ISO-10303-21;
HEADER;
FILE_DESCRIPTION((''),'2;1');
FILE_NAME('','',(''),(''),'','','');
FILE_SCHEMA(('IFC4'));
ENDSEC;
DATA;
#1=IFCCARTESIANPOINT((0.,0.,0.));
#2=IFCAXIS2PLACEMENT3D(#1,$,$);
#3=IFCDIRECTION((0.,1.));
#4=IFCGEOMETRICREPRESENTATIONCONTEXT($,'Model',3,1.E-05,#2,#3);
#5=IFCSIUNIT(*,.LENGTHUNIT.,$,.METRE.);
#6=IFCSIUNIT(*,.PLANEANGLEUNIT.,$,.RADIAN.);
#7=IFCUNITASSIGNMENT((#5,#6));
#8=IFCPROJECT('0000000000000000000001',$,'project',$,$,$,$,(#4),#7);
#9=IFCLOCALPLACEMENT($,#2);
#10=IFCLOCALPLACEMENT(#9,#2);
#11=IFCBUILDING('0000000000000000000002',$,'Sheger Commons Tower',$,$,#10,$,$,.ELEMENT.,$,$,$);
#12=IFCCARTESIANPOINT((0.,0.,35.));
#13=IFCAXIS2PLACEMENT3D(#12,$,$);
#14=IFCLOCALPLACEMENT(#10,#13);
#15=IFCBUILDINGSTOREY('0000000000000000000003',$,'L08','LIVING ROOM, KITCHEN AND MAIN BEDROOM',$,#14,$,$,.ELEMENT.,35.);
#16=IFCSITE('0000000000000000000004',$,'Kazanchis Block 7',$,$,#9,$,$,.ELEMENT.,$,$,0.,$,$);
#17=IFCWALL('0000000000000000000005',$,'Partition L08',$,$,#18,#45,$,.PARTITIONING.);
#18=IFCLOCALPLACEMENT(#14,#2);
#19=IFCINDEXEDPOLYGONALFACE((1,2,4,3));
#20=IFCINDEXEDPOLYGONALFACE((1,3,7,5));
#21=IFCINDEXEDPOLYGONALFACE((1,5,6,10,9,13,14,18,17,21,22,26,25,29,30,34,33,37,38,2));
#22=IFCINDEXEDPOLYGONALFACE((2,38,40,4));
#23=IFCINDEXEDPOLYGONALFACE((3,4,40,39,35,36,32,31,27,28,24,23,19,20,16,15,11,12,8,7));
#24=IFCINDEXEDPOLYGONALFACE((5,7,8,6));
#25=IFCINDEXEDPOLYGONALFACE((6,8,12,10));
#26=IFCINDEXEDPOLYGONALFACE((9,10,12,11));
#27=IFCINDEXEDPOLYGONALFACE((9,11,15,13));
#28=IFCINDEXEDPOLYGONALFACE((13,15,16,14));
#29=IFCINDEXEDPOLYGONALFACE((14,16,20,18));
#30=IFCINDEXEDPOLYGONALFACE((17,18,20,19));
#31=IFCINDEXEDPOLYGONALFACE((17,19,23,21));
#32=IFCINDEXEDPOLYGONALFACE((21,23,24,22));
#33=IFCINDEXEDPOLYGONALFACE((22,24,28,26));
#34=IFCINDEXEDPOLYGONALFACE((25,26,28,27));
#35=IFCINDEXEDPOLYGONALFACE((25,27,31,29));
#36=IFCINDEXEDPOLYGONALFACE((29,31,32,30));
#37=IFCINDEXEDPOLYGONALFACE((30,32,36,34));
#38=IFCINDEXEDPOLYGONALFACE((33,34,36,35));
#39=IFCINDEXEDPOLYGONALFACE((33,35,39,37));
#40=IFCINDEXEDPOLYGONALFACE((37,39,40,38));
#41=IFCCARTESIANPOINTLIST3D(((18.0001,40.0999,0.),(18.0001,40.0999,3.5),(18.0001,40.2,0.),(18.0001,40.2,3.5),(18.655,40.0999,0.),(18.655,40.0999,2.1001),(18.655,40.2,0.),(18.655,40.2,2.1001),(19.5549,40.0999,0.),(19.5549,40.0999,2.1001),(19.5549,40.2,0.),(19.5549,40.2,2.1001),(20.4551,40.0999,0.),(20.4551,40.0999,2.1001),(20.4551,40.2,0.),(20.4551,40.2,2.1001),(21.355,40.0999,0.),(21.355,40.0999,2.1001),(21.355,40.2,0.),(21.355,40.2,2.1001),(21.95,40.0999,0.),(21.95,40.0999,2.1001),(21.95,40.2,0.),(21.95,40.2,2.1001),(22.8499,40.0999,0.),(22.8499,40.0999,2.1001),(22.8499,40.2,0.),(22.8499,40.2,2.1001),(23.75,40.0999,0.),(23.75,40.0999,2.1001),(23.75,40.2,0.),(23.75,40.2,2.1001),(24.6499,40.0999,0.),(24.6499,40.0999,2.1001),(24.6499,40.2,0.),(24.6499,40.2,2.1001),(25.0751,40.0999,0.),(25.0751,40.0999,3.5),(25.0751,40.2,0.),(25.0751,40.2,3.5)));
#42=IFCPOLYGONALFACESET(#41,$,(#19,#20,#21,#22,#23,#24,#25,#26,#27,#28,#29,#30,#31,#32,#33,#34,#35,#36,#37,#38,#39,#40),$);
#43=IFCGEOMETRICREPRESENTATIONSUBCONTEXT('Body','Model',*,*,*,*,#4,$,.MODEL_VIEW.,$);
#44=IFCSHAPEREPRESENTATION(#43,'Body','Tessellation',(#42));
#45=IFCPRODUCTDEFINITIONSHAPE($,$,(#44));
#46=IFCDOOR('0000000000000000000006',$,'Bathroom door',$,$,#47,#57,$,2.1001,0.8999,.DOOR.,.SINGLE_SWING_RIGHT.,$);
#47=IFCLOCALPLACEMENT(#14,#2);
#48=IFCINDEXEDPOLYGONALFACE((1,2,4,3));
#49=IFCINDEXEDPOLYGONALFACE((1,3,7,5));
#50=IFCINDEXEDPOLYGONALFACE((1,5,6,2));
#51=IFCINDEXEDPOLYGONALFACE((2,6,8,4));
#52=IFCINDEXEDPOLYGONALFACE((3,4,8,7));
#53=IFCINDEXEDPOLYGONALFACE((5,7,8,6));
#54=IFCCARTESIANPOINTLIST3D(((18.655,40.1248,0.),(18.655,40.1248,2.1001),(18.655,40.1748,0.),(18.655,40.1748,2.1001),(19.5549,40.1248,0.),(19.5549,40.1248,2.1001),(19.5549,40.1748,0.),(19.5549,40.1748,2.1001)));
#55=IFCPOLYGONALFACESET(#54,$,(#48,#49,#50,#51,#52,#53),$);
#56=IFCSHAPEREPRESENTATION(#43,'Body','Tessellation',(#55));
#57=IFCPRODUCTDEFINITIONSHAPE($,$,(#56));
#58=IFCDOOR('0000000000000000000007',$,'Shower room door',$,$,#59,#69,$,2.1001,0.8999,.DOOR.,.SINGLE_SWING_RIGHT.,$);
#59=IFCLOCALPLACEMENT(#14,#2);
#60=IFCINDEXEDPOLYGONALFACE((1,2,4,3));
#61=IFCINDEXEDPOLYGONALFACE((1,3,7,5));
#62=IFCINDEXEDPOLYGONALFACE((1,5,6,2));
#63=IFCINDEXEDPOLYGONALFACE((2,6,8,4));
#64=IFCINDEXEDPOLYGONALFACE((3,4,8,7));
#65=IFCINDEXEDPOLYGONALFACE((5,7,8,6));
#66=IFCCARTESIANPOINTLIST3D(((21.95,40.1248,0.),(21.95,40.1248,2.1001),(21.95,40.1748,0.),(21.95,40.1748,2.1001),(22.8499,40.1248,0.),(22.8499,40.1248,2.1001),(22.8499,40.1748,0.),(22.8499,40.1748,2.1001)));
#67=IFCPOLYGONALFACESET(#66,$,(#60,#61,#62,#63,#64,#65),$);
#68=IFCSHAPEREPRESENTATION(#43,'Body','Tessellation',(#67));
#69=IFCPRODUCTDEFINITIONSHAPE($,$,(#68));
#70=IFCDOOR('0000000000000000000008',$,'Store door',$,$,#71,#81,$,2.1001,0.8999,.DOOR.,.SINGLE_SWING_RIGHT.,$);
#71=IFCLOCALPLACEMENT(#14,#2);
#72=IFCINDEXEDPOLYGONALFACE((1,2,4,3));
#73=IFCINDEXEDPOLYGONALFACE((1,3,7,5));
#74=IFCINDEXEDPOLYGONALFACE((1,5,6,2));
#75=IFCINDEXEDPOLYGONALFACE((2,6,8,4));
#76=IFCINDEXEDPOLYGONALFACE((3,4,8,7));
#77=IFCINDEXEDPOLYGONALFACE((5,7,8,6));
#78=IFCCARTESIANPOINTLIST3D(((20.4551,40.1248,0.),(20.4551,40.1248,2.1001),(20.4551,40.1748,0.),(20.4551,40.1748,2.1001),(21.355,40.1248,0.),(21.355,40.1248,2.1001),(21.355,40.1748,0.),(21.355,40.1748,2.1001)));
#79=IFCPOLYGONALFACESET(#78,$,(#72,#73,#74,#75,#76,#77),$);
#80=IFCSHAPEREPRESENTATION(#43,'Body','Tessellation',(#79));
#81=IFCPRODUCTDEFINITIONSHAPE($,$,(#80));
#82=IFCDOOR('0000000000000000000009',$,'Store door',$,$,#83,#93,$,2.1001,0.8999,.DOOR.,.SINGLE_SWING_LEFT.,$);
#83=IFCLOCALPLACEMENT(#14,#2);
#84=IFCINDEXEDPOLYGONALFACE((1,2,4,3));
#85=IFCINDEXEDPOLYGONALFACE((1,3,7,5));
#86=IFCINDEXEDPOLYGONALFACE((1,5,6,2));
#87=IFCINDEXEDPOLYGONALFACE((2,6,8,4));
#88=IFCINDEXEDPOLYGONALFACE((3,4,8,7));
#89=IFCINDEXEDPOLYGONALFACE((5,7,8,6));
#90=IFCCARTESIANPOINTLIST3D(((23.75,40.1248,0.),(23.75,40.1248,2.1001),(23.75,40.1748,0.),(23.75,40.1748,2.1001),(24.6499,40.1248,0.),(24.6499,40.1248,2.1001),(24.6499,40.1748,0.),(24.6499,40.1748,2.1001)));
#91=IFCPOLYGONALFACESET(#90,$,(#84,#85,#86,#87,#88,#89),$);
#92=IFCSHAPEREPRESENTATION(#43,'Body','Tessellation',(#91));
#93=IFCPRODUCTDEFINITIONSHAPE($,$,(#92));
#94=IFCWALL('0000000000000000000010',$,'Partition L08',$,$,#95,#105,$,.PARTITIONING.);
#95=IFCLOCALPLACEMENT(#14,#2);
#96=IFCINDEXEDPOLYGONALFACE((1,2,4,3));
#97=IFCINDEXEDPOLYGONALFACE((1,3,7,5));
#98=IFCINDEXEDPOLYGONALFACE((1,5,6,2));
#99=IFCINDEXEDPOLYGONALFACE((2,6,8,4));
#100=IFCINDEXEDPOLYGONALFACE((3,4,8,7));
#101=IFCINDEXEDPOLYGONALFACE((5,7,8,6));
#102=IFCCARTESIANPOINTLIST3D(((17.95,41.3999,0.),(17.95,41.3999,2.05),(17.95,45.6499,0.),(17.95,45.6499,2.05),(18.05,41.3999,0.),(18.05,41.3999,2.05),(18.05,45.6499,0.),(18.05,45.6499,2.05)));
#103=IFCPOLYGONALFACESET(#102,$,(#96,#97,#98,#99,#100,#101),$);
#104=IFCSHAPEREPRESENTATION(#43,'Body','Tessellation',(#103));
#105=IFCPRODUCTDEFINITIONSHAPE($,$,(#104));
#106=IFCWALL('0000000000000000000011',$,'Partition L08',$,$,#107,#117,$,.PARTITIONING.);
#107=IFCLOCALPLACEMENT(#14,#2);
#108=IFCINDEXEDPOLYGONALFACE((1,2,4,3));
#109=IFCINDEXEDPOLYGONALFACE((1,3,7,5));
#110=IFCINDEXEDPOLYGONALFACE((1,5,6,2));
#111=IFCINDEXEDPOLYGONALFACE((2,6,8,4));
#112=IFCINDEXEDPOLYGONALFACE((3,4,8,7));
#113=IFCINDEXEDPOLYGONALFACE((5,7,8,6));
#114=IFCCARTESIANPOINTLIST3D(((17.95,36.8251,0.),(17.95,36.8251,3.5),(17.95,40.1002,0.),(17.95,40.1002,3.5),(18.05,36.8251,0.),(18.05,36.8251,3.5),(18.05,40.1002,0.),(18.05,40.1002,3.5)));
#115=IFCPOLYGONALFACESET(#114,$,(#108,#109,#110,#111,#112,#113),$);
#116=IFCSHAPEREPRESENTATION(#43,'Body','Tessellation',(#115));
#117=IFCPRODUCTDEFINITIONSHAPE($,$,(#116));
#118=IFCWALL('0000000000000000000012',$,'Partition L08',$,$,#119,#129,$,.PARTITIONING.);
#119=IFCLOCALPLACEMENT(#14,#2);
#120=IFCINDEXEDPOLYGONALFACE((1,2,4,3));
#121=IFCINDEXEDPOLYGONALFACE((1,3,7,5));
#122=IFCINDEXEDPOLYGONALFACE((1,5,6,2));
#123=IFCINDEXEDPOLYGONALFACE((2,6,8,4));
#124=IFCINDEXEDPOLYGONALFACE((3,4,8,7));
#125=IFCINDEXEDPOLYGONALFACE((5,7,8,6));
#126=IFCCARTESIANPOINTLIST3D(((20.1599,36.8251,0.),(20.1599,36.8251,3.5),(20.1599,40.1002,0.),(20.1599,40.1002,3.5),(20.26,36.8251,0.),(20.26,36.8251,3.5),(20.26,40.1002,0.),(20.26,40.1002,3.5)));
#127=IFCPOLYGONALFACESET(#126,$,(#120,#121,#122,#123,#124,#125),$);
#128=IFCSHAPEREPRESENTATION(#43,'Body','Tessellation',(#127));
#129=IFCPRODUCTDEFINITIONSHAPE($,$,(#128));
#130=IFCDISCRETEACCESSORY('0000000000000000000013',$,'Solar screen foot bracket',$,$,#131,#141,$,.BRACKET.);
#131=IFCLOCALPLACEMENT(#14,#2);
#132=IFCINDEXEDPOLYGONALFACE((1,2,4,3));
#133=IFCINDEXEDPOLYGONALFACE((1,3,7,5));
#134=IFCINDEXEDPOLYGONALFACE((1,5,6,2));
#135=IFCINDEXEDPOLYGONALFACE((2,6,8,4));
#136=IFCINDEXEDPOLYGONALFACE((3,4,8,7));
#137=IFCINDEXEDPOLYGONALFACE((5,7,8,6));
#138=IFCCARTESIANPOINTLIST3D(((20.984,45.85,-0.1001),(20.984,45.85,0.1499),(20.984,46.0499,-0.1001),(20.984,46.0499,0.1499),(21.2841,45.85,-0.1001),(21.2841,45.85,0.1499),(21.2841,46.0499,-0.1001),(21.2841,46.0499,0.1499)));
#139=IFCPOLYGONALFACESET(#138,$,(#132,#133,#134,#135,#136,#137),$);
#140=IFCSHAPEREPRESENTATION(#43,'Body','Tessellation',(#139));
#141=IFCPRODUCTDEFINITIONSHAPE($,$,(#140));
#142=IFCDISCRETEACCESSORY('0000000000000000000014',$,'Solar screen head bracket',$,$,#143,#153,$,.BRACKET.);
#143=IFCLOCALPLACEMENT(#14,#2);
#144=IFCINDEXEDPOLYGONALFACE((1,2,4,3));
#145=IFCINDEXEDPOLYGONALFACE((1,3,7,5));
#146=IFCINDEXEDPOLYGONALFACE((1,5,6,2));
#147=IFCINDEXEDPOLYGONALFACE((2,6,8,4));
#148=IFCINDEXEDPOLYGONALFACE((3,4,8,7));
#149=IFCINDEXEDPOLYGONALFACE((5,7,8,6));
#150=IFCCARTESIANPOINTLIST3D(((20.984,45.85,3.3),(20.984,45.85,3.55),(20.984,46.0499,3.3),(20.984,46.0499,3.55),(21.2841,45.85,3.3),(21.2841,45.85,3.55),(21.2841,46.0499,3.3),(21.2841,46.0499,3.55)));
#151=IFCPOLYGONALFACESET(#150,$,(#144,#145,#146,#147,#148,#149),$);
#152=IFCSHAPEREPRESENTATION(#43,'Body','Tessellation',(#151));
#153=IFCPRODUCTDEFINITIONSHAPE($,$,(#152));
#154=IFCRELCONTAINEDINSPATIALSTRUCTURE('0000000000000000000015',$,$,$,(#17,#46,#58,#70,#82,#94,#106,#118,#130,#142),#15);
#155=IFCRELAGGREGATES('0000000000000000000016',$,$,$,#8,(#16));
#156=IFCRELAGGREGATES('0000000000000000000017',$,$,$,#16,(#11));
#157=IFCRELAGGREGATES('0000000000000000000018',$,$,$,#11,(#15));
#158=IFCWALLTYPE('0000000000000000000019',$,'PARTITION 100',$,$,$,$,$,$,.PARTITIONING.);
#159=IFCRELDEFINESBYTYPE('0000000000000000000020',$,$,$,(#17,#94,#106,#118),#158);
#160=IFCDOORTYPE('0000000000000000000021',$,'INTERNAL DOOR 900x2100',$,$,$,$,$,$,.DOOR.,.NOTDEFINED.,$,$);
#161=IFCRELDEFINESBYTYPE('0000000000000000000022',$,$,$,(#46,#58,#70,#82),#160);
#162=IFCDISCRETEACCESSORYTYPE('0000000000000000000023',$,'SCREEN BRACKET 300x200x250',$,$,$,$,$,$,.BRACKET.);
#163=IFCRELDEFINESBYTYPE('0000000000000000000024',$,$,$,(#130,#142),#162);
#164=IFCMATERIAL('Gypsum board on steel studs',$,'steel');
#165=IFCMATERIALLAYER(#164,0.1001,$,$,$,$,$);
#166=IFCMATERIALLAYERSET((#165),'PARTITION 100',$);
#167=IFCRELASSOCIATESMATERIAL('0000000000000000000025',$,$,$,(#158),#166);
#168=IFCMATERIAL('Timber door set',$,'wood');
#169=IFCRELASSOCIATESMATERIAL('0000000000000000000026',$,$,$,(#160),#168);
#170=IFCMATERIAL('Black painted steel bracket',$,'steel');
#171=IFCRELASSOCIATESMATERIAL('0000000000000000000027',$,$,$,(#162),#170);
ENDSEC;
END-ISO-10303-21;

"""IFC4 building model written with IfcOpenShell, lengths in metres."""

from ifc_helpers import new_model, si_unit, direction, frame, frame_2d, origin, origin_2d, place, context, subcontext, project, spatial, rectangle, extrude, material, layer, layer_set, type_object, element, fill, save


model = new_model("IFC4")

# Units and contexts
model_context = context("Model", 3, precision=1e-05, world=origin(), true_north=direction((0.0, 1.0)))
body_context = subcontext(model_context, "Body", "Model", "MODEL_VIEW")
ifc_project = project(units=[si_unit("LENGTHUNIT", "METRE"), si_unit("PLANEANGLEUNIT", "RADIAN")], contexts=[model_context])

# Site, building, storey
site_placement = place(None, origin())
site = spatial("IfcSite", under=ifc_project, at=site_placement, Name="Kazanchis Block 7", CompositionType="ELEMENT", RefElevation=0.0)
building_placement = place(site_placement, origin())
building = spatial("IfcBuilding", under=site, at=building_placement, Name="Sheger Commons Tower", CompositionType="ELEMENT")
storey_placement = place(building_placement, frame((0.0, 0.0, 35.0)))
storey = spatial("IfcBuildingStorey", under=building, at=storey_placement, Name="L08", Description="LIVING ROOM, KITCHEN AND MAIN BEDROOM", CompositionType="ELEMENT", Elevation=35.0)

# Wall, openings, doors
ifc_material_1 = material(Name="Gypsum board on steel studs", Category="steel")
ifc_layer_1 = layer(ifc_material_1, 0.1001)
ifc_layer_set_1 = layer_set([ifc_layer_1], Name="PARTITION 100")
wall_type_1 = type_object("IfcWallType", Name="PARTITION 100", PredefinedType="PARTITIONING", material=ifc_layer_set_1)
ifc_material_2 = material(Name="Timber door set", Category="wood")
door_type_1 = type_object("IfcDoorType", Name="INTERNAL DOOR 900x2100", OperationType="NOTDEFINED", PredefinedType="DOOR", material=ifc_material_2)
wall_1_placement = place(storey_placement, frame((18.0, 40.1499, 0.0), z_axis=(0.0, 0.0, 1.0), x_axis=(1.0, 0.0, 0.0)))
wall_1 = element("IfcWall", 1, at=wall_1_placement, inside=storey, type_object=wall_type_1, Name="Partition L08", PredefinedType="PARTITIONING", context=body_context, shape_type="SweptSolid", body=[
    extrude(rectangle(XDim=7.075, YDim=0.1001, at=frame_2d((3.5376, 0.0))), origin(), (0.0, 0.0, 1.0), 3.5),
])
opening_1_placement = place(wall_1_placement, frame((0.655, 0.0, 0.0)))
opening_1 = element("IfcOpeningElement", 2, at=opening_1_placement, cuts=wall_1, PredefinedType="OPENING", context=body_context, shape_type="SweptSolid", body=[
    extrude(rectangle(XDim=0.8999, YDim=2.1001, at=frame_2d((0.45, 1.05))), frame((0.0, 0.0601, 0.0), z_axis=(0.0, -1.0, 0.0), x_axis=(1.0, 0.0, 0.0)), (0.0, 0.0, 1.0), 0.1201),
])
opening_2_placement = place(wall_1_placement, frame((3.95, 0.0, 0.0)))
opening_2 = element("IfcOpeningElement", 3, at=opening_2_placement, cuts=wall_1, PredefinedType="OPENING", context=body_context, shape_type="SweptSolid", body=[
    extrude(rectangle(XDim=0.8999, YDim=2.1001, at=frame_2d((0.45, 1.05))), frame((0.0, 0.0601, 0.0), z_axis=(0.0, -1.0, 0.0), x_axis=(1.0, 0.0, 0.0)), (0.0, 0.0, 1.0), 0.1201),
])
opening_3_placement = place(wall_1_placement, frame((2.4551, 0.0, 0.0)))
opening_3 = element("IfcOpeningElement", 4, at=opening_3_placement, cuts=wall_1, PredefinedType="OPENING", context=body_context, shape_type="SweptSolid", body=[
    extrude(rectangle(XDim=0.8999, YDim=2.1001, at=frame_2d((0.45, 1.05))), frame((0.0, 0.0601, 0.0), z_axis=(0.0, -1.0, 0.0), x_axis=(1.0, 0.0, 0.0)), (0.0, 0.0, 1.0), 0.1201),
])
opening_4_placement = place(wall_1_placement, frame((5.75, 0.0, 0.0)))
opening_4 = element("IfcOpeningElement", 5, at=opening_4_placement, cuts=wall_1, PredefinedType="OPENING", context=body_context, shape_type="SweptSolid", body=[
    extrude(rectangle(XDim=0.8999, YDim=2.1001, at=frame_2d((0.45, 1.05))), frame((0.0, 0.0601, 0.0), z_axis=(0.0, -1.0, 0.0), x_axis=(1.0, 0.0, 0.0)), (0.0, 0.0, 1.0), 0.1201),
])
door_1_placement = place(opening_1_placement, origin())
door_1 = element("IfcDoor", 6, at=door_1_placement, inside=storey, type_object=door_type_1, Name="Bathroom door", OperationType="SINGLE_SWING_RIGHT", OverallHeight=2.1001, OverallWidth=0.8999, PredefinedType="DOOR", context=body_context, shape_type="SweptSolid", body=[
    extrude(rectangle(XDim=0.8999, YDim=2.1001, at=frame_2d((0.45, 1.05))), frame((0.0, 0.0249, 0.0), z_axis=(0.0, -1.0, 0.0), x_axis=(1.0, 0.0, 0.0)), (0.0, 0.0, 1.0), 0.05),
])
fill(opening_1, door_1)
door_2_placement = place(opening_2_placement, origin())
door_2 = element("IfcDoor", 7, at=door_2_placement, inside=storey, type_object=door_type_1, Name="Shower room door", OperationType="SINGLE_SWING_RIGHT", OverallHeight=2.1001, OverallWidth=0.8999, PredefinedType="DOOR", context=body_context, shape_type="SweptSolid", body=[
    extrude(rectangle(XDim=0.8999, YDim=2.1001, at=frame_2d((0.45, 1.05))), frame((0.0, 0.0249, 0.0), z_axis=(0.0, -1.0, 0.0), x_axis=(1.0, 0.0, 0.0)), (0.0, 0.0, 1.0), 0.05),
])
fill(opening_2, door_2)
door_3_placement = place(opening_3_placement, origin())
door_3 = element("IfcDoor", 8, at=door_3_placement, inside=storey, type_object=door_type_1, Name="Store door", OperationType="SINGLE_SWING_RIGHT", OverallHeight=2.1001, OverallWidth=0.8999, PredefinedType="DOOR", context=body_context, shape_type="SweptSolid", body=[
    extrude(rectangle(XDim=0.8999, YDim=2.1001, at=frame_2d((0.45, 1.05))), frame((0.0, 0.0249, 0.0), z_axis=(0.0, -1.0, 0.0), x_axis=(1.0, 0.0, 0.0)), (0.0, 0.0, 1.0), 0.05),
])
fill(opening_3, door_3)
door_4_placement = place(opening_4_placement, origin())
door_4 = element("IfcDoor", 9, at=door_4_placement, inside=storey, type_object=door_type_1, Name="Store door", OperationType="SINGLE_SWING_LEFT", OverallHeight=2.1001, OverallWidth=0.8999, PredefinedType="DOOR", context=body_context, shape_type="SweptSolid", body=[
    extrude(rectangle(XDim=0.8999, YDim=2.1001, at=frame_2d((0.45, 1.05))), frame((0.0, 0.0249, 0.0), z_axis=(0.0, -1.0, 0.0), x_axis=(1.0, 0.0, 0.0)), (0.0, 0.0, 1.0), 0.05),
])
fill(opening_4, door_4)

# Walls
wall_2_placement = place(storey_placement, frame((18.0, 41.3999, 0.0), z_axis=(0.0, 0.0, 1.0), x_axis=(0.0, 1.0, 0.0)))
element("IfcWall", 10, at=wall_2_placement, inside=storey, type_object=wall_type_1, Name="Partition L08", PredefinedType="PARTITIONING", context=body_context, shape_type="SweptSolid", body=[
    extrude(rectangle(XDim=4.25, YDim=0.1001, at=frame_2d((2.125, 0.0))), origin(), (0.0, 0.0, 1.0), 2.05),
])
for number, where, z_axis, x_axis, name in (
    (11, (18.0, 36.825, 0.0), (0.0, 0.0, 1.0), (0.0, 1.0, 0.0), "Partition L08"),
    (12, (20.21, 36.825, 0.0), (0.0, 0.0, 1.0), (0.0, 1.0, 0.0), "Partition L08"),
):
    element("IfcWall", number, at=place(storey_placement, frame(where, z_axis=z_axis, x_axis=x_axis)), inside=storey, type_object=wall_type_1, Name=name, PredefinedType="PARTITIONING", context=body_context, shape_type="SweptSolid", body=[
        extrude(rectangle(XDim=3.2751, YDim=0.1001, at=frame_2d((1.6377, 0.0))), origin(), (0.0, 0.0, 1.0), 3.5),
    ])

# Discrete accessories
ifc_material_3 = material(Name="Black painted steel bracket", Category="steel")
discrete_accessory_type = type_object("IfcDiscreteAccessoryType", Name="SCREEN BRACKET 300x200x250", PredefinedType="BRACKET", material=ifc_material_3)
for number, where, z_axis, x_axis, name in (
    (13, (21.134, 45.95, -0.1001), (0.0, 0.0, 1.0), (-1.0, 0.0, 0.0), "Solar screen foot bracket"),
    (14, (21.134, 45.95, 3.3), (0.0, 0.0, 1.0), (-1.0, 0.0, 0.0), "Solar screen head bracket"),
):
    element("IfcDiscreteAccessory", number, at=place(storey_placement, frame(where, z_axis=z_axis, x_axis=x_axis)), inside=storey, type_object=discrete_accessory_type, Name=name, PredefinedType="BRACKET", context=body_context, shape_type="SweptSolid", body=[
        extrude(rectangle(XDim=0.3, YDim=0.2, at=origin_2d()), origin(), (0.0, 0.0, 1.0), 0.25),
    ])

save(model, "model.ifc")
